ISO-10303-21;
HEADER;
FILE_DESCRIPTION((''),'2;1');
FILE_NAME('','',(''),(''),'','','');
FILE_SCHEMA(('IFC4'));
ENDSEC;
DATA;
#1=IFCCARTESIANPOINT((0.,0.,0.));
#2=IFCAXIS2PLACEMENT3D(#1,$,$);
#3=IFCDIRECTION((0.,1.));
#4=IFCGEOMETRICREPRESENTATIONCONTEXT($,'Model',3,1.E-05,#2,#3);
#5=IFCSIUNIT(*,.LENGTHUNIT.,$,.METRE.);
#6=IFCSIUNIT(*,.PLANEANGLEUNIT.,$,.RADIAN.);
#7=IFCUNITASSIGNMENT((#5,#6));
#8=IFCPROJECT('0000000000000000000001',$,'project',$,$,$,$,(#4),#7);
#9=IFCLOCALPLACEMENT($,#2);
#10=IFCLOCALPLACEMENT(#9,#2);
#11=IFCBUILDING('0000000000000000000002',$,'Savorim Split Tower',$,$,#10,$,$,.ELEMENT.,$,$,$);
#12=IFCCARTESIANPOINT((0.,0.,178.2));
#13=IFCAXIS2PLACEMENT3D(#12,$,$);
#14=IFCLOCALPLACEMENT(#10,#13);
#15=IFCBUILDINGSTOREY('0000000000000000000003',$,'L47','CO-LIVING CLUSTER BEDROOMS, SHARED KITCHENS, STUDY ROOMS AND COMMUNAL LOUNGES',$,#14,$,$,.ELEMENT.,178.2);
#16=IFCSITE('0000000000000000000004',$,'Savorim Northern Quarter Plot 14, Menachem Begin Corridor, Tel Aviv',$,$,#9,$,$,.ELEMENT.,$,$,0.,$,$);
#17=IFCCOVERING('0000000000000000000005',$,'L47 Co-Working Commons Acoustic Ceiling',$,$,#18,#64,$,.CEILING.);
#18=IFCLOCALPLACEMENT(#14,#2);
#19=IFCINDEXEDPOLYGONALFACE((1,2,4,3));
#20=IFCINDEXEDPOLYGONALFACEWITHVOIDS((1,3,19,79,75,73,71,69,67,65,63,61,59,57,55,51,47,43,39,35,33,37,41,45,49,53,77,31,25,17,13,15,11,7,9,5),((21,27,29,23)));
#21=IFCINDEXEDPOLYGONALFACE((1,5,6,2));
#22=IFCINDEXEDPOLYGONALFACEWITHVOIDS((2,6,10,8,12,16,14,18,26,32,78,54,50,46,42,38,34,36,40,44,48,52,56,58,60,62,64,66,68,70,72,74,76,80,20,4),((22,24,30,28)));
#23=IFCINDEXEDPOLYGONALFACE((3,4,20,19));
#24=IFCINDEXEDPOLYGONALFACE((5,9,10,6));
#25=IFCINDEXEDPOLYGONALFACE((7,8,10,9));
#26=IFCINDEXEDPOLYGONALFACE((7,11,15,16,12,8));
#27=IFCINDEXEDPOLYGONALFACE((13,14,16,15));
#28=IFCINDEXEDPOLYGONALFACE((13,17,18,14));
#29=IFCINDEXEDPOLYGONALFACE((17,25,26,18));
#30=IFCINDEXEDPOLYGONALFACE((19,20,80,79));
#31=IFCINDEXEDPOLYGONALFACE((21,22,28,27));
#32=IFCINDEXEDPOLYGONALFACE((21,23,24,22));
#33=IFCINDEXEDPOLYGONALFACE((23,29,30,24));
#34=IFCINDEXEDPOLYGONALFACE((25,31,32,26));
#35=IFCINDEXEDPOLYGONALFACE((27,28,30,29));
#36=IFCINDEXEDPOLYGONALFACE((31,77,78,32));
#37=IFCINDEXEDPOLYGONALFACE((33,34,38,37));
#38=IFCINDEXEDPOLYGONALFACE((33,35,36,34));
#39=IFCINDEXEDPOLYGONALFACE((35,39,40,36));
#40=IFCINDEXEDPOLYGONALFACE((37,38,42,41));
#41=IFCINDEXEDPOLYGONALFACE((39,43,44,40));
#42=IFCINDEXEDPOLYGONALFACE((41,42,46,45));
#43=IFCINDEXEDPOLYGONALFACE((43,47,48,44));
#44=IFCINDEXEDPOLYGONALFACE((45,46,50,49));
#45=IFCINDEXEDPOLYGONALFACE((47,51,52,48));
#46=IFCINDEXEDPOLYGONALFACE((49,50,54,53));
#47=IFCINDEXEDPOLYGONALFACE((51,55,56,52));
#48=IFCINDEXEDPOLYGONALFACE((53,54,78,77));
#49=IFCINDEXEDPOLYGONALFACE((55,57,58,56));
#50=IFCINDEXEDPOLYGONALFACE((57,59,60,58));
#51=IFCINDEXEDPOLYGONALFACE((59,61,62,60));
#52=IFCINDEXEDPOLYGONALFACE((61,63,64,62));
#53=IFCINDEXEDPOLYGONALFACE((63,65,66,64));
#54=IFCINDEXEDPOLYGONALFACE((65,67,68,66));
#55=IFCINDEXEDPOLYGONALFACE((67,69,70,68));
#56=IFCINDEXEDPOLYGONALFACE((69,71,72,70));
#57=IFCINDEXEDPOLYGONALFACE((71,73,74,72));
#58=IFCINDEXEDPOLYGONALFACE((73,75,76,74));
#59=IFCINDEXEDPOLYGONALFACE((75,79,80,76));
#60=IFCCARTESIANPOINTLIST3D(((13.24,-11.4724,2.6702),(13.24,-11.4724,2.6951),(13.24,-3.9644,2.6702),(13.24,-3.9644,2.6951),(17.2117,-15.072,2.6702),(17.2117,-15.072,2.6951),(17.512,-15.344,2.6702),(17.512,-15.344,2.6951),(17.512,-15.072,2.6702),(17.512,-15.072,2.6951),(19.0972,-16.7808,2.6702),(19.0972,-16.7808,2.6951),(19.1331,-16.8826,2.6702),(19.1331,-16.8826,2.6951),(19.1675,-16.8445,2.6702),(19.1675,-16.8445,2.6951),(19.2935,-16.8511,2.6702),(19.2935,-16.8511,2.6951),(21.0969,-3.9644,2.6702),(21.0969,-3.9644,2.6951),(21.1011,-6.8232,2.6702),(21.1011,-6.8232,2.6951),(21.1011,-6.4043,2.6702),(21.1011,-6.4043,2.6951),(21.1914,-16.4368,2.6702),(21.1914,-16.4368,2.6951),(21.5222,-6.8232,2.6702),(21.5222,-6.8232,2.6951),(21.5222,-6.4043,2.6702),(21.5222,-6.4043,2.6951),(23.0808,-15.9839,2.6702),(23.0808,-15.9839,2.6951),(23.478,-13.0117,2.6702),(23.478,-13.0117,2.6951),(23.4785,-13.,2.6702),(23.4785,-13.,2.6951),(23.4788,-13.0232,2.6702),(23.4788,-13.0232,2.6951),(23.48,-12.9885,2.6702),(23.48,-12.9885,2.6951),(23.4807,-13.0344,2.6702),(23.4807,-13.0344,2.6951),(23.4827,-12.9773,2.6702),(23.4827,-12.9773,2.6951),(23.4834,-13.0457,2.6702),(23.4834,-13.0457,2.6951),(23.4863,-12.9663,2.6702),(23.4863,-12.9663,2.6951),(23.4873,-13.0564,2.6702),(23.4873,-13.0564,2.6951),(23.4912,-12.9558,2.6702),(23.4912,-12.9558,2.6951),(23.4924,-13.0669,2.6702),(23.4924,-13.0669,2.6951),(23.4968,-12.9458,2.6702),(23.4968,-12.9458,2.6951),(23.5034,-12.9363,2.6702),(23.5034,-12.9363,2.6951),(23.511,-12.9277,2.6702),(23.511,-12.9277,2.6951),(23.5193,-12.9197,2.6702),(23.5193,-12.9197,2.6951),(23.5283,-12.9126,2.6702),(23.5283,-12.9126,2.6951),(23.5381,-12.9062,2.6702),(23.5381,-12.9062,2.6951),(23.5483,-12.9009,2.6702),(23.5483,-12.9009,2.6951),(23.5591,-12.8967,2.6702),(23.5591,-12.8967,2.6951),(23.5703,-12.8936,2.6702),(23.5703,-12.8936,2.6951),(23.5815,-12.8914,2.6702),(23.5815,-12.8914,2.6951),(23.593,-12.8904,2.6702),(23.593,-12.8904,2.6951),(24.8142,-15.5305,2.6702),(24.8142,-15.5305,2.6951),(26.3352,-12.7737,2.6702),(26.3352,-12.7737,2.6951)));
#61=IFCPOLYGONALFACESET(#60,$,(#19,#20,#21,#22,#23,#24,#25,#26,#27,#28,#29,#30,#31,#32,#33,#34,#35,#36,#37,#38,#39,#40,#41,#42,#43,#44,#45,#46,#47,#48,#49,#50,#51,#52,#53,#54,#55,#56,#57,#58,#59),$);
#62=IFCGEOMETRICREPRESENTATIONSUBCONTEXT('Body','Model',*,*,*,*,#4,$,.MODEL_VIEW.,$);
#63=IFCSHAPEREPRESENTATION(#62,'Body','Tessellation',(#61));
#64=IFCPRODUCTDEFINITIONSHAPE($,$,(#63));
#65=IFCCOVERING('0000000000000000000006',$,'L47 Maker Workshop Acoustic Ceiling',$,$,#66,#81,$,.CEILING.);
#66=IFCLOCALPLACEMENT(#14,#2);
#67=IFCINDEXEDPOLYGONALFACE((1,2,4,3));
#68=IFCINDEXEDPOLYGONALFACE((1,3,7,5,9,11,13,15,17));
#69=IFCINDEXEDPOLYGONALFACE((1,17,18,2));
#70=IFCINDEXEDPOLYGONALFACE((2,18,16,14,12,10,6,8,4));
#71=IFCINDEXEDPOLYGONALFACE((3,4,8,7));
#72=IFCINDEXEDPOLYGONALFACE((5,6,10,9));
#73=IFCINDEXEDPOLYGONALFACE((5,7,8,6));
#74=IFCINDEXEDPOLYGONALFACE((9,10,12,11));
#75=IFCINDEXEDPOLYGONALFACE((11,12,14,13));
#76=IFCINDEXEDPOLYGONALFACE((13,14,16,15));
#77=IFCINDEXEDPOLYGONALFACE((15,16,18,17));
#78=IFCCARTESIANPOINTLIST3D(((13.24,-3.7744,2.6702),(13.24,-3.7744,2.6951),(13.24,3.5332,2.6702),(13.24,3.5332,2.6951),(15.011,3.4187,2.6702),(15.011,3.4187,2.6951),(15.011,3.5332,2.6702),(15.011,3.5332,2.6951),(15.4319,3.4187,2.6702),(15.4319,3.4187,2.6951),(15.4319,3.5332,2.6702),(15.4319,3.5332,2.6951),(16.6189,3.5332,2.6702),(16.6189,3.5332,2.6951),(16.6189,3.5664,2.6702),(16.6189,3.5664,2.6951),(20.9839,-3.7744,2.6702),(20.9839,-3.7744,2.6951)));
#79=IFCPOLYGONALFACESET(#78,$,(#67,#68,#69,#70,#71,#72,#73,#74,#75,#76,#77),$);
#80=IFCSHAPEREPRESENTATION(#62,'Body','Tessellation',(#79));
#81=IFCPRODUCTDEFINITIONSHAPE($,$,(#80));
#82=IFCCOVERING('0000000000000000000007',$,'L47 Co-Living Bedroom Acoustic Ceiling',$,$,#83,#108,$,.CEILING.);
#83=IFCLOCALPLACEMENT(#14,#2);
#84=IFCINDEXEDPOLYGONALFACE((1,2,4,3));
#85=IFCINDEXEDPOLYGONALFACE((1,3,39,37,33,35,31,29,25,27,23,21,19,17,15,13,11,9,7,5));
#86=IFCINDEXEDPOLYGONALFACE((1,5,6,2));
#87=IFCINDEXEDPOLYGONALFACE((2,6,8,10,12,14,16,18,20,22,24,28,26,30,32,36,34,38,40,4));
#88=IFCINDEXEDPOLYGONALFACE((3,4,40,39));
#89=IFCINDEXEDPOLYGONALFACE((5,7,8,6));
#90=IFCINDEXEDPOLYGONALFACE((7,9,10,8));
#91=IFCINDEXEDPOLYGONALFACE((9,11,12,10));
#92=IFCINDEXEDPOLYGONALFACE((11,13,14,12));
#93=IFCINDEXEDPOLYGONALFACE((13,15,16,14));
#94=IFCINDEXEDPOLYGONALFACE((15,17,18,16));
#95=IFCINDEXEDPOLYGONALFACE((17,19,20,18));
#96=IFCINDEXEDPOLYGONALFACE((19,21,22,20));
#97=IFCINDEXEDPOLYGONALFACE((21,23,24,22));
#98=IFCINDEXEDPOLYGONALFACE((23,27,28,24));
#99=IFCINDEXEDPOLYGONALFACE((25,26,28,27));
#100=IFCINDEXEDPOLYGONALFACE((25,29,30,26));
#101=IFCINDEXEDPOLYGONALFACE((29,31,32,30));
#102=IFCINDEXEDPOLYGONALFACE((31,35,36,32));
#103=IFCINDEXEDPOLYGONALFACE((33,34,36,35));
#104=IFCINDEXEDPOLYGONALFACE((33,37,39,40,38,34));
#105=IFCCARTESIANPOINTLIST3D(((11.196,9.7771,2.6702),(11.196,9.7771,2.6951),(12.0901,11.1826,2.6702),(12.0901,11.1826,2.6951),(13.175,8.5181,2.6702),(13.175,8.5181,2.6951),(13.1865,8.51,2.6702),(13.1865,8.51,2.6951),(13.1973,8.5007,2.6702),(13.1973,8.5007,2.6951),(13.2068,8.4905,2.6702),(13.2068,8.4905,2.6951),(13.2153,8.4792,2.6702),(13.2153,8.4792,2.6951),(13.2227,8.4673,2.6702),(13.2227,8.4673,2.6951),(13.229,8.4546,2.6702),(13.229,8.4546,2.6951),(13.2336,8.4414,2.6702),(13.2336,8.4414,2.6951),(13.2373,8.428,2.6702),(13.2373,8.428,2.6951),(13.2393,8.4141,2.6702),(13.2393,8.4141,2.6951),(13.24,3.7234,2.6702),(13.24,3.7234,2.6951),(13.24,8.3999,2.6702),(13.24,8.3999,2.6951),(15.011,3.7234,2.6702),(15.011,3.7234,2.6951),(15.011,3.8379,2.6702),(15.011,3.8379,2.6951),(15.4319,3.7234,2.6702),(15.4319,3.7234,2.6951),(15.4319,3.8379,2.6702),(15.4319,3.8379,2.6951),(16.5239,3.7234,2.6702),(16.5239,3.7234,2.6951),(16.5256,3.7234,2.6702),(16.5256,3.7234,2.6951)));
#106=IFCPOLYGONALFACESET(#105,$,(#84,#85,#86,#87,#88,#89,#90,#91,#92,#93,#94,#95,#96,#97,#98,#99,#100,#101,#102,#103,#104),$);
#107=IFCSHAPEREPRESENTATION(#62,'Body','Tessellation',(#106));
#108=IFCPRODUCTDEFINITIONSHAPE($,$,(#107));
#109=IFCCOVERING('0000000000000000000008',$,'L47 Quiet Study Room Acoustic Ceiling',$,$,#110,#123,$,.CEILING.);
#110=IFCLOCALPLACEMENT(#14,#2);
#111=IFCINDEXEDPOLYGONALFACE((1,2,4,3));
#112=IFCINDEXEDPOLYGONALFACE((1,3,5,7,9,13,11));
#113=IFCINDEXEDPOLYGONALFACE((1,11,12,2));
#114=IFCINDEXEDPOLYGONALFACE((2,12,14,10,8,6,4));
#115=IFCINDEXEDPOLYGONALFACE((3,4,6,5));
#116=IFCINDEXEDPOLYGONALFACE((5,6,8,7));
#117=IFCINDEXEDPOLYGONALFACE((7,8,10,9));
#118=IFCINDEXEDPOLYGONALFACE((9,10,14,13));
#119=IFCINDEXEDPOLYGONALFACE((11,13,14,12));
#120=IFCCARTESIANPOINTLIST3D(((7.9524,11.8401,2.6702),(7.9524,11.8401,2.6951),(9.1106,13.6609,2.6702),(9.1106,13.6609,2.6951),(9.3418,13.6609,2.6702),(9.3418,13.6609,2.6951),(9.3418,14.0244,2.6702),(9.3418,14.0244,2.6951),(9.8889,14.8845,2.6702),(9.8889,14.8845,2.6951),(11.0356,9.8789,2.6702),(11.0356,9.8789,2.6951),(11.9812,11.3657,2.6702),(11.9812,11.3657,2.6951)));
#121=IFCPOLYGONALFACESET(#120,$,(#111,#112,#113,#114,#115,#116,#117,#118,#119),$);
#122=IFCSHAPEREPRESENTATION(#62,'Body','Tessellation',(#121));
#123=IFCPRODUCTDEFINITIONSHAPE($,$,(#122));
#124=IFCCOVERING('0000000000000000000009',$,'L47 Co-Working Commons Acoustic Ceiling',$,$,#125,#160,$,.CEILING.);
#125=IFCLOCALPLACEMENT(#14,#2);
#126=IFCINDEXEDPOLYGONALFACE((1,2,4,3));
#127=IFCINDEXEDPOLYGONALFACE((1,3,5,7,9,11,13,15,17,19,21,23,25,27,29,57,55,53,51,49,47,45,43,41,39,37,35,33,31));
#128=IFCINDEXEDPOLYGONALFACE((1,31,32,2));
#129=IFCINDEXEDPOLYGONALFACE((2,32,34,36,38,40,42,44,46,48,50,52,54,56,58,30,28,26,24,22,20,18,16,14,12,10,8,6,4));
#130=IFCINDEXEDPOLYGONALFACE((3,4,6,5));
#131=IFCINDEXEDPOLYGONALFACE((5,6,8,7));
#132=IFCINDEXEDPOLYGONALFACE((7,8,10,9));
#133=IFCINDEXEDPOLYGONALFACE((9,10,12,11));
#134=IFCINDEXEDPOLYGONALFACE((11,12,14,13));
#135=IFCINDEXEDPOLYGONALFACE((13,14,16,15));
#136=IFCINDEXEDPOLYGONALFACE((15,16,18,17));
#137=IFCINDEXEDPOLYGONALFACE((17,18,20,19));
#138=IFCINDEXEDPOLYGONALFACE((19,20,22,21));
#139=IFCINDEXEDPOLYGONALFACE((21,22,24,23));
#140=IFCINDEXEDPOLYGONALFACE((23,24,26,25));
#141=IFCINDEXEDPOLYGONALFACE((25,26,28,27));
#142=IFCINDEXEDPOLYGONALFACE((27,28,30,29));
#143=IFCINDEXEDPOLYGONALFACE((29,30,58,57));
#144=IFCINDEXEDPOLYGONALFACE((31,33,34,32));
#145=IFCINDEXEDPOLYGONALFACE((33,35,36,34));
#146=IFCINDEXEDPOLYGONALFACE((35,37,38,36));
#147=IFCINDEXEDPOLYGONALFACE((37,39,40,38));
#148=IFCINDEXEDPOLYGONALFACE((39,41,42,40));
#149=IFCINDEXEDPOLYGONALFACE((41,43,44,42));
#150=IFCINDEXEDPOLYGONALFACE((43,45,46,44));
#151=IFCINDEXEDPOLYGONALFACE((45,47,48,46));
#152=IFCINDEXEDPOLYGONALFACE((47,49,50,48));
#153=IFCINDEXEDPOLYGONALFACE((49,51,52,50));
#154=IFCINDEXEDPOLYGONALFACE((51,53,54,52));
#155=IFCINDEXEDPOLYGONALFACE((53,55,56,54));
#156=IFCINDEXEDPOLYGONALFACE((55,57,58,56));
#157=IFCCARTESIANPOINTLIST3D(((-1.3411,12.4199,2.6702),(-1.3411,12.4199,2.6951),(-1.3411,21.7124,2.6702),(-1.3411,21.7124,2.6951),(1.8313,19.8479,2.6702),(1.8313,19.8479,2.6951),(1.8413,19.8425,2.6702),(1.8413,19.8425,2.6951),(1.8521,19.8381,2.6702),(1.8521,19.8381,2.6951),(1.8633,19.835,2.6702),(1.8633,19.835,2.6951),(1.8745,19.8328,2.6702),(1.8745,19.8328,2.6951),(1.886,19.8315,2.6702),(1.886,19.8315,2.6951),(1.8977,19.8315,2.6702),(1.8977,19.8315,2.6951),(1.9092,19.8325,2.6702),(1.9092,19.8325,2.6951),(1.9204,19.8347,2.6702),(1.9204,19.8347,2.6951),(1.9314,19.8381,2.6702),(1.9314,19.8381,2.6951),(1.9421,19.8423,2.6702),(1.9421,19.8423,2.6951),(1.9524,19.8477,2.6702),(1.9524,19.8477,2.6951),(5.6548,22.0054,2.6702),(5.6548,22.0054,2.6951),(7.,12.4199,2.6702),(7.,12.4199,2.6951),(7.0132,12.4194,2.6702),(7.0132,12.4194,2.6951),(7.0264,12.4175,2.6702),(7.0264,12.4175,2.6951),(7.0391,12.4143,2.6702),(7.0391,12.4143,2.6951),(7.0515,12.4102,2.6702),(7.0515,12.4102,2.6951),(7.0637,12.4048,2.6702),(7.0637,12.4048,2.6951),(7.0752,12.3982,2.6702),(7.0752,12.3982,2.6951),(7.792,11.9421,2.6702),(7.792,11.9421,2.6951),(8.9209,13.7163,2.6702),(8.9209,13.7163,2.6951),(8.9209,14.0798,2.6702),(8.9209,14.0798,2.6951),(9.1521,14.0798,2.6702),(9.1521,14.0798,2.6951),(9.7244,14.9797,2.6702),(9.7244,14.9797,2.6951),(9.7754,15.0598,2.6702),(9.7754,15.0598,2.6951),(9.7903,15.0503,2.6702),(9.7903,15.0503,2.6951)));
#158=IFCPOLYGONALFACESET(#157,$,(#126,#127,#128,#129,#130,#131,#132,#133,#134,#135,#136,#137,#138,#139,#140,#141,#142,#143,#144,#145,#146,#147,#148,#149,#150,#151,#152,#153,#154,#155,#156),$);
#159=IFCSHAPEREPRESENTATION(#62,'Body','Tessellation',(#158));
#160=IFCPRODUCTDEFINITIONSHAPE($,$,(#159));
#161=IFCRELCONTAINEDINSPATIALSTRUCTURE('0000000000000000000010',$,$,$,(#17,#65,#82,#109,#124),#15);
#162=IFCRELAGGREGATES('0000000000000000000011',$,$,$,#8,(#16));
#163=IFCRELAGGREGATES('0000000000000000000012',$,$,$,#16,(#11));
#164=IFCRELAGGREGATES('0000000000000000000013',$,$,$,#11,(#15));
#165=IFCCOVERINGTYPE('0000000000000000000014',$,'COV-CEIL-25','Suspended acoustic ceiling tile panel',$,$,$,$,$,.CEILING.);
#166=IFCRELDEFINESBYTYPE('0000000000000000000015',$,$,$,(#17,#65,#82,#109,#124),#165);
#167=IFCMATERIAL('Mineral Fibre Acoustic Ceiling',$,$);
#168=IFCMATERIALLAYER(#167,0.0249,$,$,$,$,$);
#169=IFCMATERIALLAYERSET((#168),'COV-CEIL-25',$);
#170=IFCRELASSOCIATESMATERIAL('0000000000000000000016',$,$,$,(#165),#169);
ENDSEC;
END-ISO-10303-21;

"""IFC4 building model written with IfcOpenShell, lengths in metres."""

from ifc_helpers import new_model, si_unit, direction, frame, origin, place, context, subcontext, project, spatial, polyline, outline, extrude, material, layer, layer_set, type_object, element, save


model = new_model("IFC4")

# Units and contexts
model_context = context("Model", 3, precision=1e-05, world=origin(), true_north=direction((0.0, 1.0)))
body_context = subcontext(model_context, "Body", "Model", "MODEL_VIEW")
ifc_project = project(units=[si_unit("LENGTHUNIT", "METRE"), si_unit("PLANEANGLEUNIT", "RADIAN")], contexts=[model_context])

# Site, building, storey
site_placement = place(None, origin())
site = spatial("IfcSite", under=ifc_project, at=site_placement, Name="Savorim Northern Quarter Plot 14, Menachem Begin Corridor, Tel Aviv", CompositionType="ELEMENT", RefElevation=0.0)
building_placement = place(site_placement, origin())
building = spatial("IfcBuilding", under=site, at=building_placement, Name="Savorim Split Tower", CompositionType="ELEMENT")
storey_placement = place(building_placement, frame((0.0, 0.0, 178.2)))
storey = spatial("IfcBuildingStorey", under=building, at=storey_placement, Name="L47", Description="CO-LIVING CLUSTER BEDROOMS, SHARED KITCHENS, STUDY ROOMS AND COMMUNAL LOUNGES", CompositionType="ELEMENT", Elevation=178.2)

# Coverings
ifc_material_1 = material(Name="Mineral Fibre Acoustic Ceiling")
ifc_layer_1 = layer(ifc_material_1, 0.0249)
ifc_layer_set_1 = layer_set([ifc_layer_1], Name="COV-CEIL-25")
covering_type_1 = type_object("IfcCoveringType", Name="COV-CEIL-25", Description="Suspended acoustic ceiling tile panel", PredefinedType="CEILING", material=ifc_layer_set_1)
covering_1_placement = place(storey_placement, frame((0.0, 0.0, 2.6702)))
element("IfcCovering", 1, at=covering_1_placement, inside=storey, type_object=covering_type_1, Name="L47 Co-Working Commons Acoustic Ceiling", PredefinedType="CEILING", context=body_context, shape_type="SweptSolid", body=[
    extrude(outline(polyline([(23.5703, -12.8936), (23.5815, -12.8914), (23.593, -12.8904), (26.3352, -12.7737), (21.0969, -3.9644), (13.24, -3.9644), (13.24, -11.4724), (17.2117, -15.072), (17.512, -15.072), (17.512, -15.344), (19.0972, -16.7808), (19.1675, -16.8445), (19.1331, -16.8826), (19.2935, -16.8511), (21.1914, -16.4368), (23.0808, -15.9839), (24.8142, -15.5305), (23.4924, -13.0669), (23.4873, -13.0564), (23.4834, -13.0457), (23.4807, -13.0344), (23.4788, -13.0232), (23.478, -13.0117), (23.4785, -13.0), (23.48, -12.9885), (23.4827, -12.9773), (23.4863, -12.9663), (23.4912, -12.9558), (23.4968, -12.9458), (23.5034, -12.9363), (23.511, -12.9277), (23.5193, -12.9197), (23.5283, -12.9126), (23.5381, -12.9062), (23.5483, -12.9009), (23.5591, -12.8967), (23.5703, -12.8936)]), holes=[polyline([(21.5222, -6.8232), (21.5222, -6.4043), (21.1011, -6.4043), (21.1011, -6.8232), (21.5222, -6.8232)])]), origin(), (0.0, 0.0, 1.0), 0.0249),
])
covering_2_placement = place(storey_placement, frame((0.0, 0.0, 2.6702)))
element("IfcCovering", 2, at=covering_2_placement, inside=storey, type_object=covering_type_1, Name="L47 Maker Workshop Acoustic Ceiling", PredefinedType="CEILING", context=body_context, shape_type="SweptSolid", body=[
    extrude(outline(polyline([(15.011, 3.4187), (15.011, 3.5332), (13.24, 3.5332), (13.24, -3.7744), (20.9839, -3.7744), (16.6189, 3.5664), (16.6189, 3.5332), (15.4319, 3.5332), (15.4319, 3.4187), (15.011, 3.4187)])), origin(), (0.0, 0.0, 1.0), 0.0249),
])
covering_3_placement = place(storey_placement, frame((0.0, 0.0, 2.6702)))
element("IfcCovering", 3, at=covering_3_placement, inside=storey, type_object=covering_type_1, Name="L47 Co-Living Bedroom Acoustic Ceiling", PredefinedType="CEILING", context=body_context, shape_type="SweptSolid", body=[
    extrude(outline(polyline([(15.4319, 3.8379), (15.4319, 3.7234), (16.5239, 3.7234), (16.5256, 3.7234), (12.0901, 11.1826), (11.196, 9.7771), (13.175, 8.5181), (13.1865, 8.51), (13.1973, 8.5007), (13.2068, 8.4905), (13.2153, 8.4792), (13.2227, 8.4673), (13.229, 8.4546), (13.2336, 8.4414), (13.2373, 8.428), (13.2393, 8.4141), (13.24, 8.3999), (13.24, 3.7234), (15.011, 3.7234), (15.011, 3.8379), (15.4319, 3.8379)])), origin(), (0.0, 0.0, 1.0), 0.0249),
])
covering_4_placement = place(storey_placement, frame((0.0, 0.0, 2.6702)))
element("IfcCovering", 4, at=covering_4_placement, inside=storey, type_object=covering_type_1, Name="L47 Quiet Study Room Acoustic Ceiling", PredefinedType="CEILING", context=body_context, shape_type="SweptSolid", body=[
    extrude(outline(polyline([(9.1106, 13.6609), (7.9524, 11.8401), (7.9524, 11.8401), (11.0356, 9.8789), (11.9812, 11.3657), (9.8889, 14.8845), (9.3418, 14.0244), (9.3418, 13.6609), (9.1106, 13.6609)])), origin(), (0.0, 0.0, 1.0), 0.0249),
])
covering_5_placement = place(storey_placement, frame((0.0, 0.0, 2.6702)))
element("IfcCovering", 5, at=covering_5_placement, inside=storey, type_object=covering_type_1, Name="L47 Co-Working Commons Acoustic Ceiling", PredefinedType="CEILING", context=body_context, shape_type="SweptSolid", body=[
    extrude(outline(polyline([(1.8521, 19.8381), (1.8413, 19.8425), (1.8313, 19.8479), (-1.3411, 21.7124), (-1.3411, 12.4199), (7.0, 12.4199), (7.0132, 12.4194), (7.0264, 12.4175), (7.0391, 12.4143), (7.0515, 12.4102), (7.0637, 12.4048), (7.0752, 12.3982), (7.792, 11.9421), (8.9209, 13.7163), (8.9209, 14.0798), (9.1521, 14.0798), (9.7244, 14.9797), (9.7754, 15.0598), (9.7903, 15.0503), (5.6548, 22.0054), (1.9524, 19.8477), (1.9421, 19.8423), (1.9314, 19.8381), (1.9204, 19.8347), (1.9092, 19.8325), (1.8977, 19.8315), (1.886, 19.8315), (1.8745, 19.8328), (1.8633, 19.835), (1.8521, 19.8381)])), origin(), (0.0, 0.0, 1.0), 0.0249),
])

save(model, "model.ifc")
